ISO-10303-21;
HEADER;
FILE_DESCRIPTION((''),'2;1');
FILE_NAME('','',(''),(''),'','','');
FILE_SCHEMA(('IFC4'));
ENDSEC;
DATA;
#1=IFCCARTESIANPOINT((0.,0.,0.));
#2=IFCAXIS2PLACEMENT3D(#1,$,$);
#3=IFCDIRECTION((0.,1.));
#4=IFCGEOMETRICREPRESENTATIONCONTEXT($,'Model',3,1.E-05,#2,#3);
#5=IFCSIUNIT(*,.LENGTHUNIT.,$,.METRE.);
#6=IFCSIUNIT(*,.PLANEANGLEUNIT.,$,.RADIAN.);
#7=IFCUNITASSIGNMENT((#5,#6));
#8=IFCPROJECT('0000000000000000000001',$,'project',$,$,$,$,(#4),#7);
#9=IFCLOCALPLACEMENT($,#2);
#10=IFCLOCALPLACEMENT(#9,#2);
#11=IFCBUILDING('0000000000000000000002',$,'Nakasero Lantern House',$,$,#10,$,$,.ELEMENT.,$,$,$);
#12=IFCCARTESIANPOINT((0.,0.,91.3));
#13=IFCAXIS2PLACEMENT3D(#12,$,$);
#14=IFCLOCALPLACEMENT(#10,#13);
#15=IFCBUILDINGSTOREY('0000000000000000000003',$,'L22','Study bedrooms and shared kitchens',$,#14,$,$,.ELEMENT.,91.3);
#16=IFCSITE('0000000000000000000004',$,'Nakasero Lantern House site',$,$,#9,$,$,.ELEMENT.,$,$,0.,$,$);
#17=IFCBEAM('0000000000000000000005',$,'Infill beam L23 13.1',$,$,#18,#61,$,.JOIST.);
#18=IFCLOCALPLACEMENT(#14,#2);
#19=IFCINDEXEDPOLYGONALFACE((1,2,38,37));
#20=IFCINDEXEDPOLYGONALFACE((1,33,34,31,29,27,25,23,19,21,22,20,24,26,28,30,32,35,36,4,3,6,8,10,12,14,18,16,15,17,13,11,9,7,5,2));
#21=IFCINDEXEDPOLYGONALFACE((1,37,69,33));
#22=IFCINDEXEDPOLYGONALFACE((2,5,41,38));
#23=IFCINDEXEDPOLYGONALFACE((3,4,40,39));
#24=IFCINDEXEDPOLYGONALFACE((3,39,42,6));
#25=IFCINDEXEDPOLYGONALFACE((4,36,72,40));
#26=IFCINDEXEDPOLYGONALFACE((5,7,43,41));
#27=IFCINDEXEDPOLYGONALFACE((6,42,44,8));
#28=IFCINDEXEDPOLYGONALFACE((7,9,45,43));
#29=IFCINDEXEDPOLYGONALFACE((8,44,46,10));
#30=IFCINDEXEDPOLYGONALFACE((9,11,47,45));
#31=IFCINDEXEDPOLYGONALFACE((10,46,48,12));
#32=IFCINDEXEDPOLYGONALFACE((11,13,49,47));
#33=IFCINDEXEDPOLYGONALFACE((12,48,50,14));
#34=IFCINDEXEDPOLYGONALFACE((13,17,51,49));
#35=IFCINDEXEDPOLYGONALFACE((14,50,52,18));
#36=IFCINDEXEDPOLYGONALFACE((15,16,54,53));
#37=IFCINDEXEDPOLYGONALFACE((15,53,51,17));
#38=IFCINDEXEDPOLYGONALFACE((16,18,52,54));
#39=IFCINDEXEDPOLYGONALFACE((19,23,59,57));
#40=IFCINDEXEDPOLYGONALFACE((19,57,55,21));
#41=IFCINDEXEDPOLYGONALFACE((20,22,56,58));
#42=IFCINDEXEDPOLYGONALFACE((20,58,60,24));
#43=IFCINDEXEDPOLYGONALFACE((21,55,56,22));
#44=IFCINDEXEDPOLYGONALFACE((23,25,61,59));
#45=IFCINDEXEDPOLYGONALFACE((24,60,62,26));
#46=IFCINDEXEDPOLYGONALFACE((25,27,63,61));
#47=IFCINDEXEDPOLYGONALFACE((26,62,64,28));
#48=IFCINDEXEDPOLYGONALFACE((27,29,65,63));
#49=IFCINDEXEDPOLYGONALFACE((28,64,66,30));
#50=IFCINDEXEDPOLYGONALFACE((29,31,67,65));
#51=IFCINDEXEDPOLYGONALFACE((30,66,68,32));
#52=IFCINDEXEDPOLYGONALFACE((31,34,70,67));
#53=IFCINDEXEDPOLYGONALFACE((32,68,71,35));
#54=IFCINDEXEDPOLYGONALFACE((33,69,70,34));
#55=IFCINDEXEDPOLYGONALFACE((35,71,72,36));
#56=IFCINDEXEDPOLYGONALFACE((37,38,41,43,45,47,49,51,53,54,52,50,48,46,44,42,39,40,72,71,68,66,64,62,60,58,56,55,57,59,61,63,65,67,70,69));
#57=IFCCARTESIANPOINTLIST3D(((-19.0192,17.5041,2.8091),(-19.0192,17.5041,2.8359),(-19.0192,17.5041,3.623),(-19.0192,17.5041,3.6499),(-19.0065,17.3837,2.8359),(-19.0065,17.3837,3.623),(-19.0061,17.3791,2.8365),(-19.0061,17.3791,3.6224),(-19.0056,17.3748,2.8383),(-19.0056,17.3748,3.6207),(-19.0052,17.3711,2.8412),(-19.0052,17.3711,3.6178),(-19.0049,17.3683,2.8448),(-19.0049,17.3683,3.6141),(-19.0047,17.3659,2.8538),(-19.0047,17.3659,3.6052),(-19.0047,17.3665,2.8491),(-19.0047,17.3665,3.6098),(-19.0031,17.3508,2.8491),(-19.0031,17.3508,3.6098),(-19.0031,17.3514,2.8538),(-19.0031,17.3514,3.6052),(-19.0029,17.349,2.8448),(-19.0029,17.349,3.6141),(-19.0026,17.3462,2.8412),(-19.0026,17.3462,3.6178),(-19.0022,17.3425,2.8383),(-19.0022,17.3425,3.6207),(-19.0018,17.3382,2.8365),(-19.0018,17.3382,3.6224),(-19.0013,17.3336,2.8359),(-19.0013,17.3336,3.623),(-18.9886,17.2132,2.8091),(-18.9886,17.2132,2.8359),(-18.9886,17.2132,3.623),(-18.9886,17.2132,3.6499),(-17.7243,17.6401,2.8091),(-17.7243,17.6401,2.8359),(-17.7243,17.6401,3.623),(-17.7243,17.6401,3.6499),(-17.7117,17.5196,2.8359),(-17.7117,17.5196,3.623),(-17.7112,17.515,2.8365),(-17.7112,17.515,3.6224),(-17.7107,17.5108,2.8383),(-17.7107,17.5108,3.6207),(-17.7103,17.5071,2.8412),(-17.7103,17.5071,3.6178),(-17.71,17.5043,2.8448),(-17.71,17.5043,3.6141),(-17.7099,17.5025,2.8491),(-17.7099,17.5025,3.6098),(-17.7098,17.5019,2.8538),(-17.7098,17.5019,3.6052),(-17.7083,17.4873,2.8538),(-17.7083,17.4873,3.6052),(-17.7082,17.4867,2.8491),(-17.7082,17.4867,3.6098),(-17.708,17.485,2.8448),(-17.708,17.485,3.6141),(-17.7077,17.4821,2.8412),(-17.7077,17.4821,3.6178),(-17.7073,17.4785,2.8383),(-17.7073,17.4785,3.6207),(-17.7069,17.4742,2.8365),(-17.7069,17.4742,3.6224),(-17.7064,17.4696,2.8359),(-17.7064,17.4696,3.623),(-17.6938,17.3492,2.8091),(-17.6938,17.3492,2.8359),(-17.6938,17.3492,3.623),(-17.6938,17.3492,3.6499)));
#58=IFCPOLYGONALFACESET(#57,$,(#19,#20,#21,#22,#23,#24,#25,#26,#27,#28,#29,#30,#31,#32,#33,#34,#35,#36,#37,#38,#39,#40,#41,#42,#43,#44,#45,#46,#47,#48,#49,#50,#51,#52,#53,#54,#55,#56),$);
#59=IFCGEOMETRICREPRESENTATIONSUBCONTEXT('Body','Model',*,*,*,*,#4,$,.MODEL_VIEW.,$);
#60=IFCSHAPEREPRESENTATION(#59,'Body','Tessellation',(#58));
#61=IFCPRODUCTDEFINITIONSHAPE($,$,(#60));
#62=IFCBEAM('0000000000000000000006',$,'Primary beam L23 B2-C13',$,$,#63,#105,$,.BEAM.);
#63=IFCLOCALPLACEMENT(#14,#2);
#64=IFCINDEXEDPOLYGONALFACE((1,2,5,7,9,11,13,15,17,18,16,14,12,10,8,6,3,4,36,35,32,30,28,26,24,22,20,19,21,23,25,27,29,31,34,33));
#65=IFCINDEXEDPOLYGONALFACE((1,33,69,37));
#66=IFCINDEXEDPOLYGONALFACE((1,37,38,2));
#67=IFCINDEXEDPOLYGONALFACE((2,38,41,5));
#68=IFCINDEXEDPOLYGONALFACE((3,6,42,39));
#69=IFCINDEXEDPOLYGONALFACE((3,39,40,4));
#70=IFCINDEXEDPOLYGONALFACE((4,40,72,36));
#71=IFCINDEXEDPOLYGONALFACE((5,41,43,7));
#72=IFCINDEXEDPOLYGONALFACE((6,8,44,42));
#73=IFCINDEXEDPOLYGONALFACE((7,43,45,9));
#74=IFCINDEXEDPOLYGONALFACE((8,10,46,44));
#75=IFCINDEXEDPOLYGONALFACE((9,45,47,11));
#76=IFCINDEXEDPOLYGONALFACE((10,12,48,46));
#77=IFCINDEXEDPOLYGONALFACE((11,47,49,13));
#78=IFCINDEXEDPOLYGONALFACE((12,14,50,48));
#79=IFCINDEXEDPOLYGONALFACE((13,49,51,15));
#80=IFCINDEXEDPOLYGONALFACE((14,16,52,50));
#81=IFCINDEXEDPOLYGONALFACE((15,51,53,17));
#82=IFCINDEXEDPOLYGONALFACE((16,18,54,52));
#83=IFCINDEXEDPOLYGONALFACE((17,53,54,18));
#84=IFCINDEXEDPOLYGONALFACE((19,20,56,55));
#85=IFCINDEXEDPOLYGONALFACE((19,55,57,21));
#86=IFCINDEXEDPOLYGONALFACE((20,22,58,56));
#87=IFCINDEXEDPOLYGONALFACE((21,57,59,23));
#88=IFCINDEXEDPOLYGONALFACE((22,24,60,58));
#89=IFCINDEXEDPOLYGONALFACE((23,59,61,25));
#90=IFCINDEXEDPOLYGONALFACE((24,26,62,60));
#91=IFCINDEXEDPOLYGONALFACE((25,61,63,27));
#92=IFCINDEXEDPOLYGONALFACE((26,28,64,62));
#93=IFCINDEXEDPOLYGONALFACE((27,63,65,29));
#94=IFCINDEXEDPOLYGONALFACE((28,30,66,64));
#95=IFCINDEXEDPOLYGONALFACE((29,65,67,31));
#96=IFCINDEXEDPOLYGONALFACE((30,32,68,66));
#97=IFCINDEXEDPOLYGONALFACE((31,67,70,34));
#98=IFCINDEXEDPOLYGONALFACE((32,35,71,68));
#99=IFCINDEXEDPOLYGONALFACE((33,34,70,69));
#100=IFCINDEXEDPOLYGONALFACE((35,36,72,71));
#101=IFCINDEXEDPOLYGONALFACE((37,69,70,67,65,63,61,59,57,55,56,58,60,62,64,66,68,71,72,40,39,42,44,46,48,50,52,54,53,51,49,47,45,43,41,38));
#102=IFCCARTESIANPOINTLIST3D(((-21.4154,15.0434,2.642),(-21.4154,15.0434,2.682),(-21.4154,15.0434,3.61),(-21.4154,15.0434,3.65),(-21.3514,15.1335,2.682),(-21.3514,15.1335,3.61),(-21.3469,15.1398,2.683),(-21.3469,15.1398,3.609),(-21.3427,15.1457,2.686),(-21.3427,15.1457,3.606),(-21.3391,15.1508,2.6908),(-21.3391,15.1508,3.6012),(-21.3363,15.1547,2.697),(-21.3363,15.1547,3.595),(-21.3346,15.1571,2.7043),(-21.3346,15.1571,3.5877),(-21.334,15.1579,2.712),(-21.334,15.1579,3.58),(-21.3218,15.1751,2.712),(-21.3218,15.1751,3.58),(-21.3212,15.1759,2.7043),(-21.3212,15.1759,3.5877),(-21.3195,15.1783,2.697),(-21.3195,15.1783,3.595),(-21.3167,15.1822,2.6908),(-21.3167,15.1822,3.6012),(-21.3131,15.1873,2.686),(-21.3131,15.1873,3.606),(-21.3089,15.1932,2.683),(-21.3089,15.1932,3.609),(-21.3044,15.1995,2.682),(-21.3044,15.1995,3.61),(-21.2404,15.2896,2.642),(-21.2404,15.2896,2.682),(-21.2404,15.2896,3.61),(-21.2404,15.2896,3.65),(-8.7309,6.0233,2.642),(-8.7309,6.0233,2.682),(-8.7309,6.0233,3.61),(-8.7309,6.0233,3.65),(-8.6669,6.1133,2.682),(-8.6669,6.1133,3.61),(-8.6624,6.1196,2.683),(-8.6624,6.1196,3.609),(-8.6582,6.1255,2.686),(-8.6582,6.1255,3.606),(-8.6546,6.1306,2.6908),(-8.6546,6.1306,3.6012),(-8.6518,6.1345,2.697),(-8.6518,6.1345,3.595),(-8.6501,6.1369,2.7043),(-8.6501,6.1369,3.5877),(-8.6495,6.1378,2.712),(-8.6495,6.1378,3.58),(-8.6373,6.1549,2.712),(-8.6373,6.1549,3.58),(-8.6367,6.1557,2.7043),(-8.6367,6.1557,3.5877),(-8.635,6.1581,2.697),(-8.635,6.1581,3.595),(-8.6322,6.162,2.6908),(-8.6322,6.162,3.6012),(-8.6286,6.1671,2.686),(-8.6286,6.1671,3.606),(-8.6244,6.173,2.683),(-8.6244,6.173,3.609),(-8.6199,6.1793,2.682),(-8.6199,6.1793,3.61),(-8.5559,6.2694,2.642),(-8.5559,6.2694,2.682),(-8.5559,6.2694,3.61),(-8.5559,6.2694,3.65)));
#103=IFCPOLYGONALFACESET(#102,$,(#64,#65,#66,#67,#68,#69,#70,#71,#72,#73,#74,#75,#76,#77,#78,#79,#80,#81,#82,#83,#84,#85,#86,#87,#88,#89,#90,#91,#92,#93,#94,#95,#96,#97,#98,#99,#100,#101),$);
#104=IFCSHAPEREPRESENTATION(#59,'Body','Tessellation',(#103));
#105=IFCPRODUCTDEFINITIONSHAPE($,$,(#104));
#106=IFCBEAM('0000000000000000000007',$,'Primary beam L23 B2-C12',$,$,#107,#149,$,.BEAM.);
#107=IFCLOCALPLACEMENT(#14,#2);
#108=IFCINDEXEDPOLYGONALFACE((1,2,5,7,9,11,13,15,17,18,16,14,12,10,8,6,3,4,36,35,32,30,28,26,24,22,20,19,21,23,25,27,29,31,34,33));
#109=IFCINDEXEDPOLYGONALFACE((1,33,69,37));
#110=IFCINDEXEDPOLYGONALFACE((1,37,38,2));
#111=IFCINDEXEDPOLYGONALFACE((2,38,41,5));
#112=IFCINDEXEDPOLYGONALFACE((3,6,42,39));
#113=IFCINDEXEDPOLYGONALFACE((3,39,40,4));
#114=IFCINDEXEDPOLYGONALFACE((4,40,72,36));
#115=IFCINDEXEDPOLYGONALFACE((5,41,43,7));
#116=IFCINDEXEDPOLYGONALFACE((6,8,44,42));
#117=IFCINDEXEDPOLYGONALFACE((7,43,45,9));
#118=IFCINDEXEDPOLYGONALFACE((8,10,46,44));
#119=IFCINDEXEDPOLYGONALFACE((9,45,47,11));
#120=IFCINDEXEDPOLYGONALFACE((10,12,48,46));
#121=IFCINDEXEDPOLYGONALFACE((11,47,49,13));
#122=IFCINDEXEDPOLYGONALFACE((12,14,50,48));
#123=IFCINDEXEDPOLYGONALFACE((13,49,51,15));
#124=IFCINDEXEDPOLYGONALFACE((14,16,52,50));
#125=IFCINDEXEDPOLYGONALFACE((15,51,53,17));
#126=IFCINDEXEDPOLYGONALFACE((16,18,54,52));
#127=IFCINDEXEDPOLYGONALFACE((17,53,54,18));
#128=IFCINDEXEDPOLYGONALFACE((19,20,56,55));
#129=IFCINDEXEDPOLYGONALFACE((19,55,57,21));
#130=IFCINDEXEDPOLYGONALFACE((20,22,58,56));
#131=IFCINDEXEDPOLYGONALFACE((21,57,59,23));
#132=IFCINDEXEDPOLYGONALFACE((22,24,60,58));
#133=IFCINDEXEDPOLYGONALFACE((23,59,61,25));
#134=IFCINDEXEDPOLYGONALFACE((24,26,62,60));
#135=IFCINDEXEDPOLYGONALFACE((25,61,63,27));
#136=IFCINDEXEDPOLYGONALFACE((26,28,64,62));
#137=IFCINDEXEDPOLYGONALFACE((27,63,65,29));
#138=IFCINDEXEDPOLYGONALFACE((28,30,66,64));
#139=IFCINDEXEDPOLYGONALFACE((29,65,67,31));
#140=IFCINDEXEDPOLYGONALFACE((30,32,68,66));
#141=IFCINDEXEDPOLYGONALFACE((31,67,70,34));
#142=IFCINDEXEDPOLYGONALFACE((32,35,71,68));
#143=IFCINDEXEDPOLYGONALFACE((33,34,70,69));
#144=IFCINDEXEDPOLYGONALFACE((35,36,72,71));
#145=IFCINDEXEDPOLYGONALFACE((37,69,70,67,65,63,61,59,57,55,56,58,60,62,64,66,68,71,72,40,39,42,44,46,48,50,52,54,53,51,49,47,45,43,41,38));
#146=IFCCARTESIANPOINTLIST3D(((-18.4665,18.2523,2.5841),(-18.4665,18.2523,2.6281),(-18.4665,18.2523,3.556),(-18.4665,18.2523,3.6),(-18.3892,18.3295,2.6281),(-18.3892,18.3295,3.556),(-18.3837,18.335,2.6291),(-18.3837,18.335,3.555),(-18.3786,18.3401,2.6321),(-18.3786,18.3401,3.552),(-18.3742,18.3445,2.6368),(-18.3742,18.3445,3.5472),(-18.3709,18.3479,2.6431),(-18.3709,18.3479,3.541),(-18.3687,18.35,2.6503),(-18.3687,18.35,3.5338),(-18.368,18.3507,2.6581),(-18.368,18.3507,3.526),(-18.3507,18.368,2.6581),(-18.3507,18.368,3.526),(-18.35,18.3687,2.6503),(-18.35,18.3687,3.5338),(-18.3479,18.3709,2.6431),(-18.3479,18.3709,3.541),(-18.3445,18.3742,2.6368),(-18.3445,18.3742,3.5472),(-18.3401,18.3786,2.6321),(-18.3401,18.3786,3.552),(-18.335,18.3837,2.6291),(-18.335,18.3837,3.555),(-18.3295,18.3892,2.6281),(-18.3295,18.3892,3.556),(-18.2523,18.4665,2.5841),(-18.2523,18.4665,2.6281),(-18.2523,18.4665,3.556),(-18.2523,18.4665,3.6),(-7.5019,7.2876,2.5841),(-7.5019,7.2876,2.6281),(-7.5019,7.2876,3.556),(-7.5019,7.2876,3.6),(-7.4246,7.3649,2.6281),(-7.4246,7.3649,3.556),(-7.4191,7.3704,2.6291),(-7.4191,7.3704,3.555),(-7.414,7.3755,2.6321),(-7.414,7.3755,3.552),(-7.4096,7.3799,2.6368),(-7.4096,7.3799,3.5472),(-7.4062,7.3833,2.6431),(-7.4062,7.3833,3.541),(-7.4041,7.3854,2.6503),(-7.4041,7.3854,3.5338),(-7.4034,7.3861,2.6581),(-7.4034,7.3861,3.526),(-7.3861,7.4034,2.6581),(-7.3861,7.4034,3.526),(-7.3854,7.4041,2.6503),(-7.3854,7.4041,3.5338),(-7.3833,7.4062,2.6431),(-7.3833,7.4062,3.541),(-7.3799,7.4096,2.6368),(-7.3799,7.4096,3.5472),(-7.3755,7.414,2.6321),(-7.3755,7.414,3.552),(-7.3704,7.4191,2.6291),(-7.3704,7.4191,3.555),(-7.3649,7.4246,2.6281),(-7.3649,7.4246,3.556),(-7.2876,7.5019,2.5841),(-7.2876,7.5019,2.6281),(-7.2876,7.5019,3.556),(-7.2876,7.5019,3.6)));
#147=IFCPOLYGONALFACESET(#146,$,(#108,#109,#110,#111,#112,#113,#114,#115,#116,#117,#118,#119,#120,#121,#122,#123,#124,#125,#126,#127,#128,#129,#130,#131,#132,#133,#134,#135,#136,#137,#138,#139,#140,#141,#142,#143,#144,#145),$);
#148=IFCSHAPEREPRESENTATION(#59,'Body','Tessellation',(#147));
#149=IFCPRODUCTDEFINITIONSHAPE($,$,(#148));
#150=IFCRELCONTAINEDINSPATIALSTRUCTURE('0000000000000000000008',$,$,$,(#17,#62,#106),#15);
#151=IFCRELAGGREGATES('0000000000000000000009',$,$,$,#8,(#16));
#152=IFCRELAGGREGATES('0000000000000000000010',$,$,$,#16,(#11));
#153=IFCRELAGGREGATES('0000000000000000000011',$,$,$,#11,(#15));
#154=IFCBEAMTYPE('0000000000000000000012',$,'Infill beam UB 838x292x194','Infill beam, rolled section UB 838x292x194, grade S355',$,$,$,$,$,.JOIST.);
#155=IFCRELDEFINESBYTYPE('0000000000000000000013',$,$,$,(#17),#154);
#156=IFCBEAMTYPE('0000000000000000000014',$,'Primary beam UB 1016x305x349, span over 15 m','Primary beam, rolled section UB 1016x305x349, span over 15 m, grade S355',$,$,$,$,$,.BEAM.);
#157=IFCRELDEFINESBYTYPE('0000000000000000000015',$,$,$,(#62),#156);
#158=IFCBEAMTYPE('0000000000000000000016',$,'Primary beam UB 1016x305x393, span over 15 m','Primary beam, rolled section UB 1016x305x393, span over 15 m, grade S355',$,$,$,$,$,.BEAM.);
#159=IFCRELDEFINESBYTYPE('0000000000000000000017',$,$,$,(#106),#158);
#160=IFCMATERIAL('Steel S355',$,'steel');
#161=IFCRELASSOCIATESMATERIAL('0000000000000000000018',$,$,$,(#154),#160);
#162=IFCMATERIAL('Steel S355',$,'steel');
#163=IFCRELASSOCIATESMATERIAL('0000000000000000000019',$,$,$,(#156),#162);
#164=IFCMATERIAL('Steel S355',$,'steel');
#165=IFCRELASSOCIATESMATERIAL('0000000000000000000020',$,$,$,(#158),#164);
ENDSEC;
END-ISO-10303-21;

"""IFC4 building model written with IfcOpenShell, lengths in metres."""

from ifc_helpers import new_model, si_unit, direction, frame, origin, origin_2d, place, context, subcontext, project, spatial, i_section, extrude, material, material_profile, profile_set, type_object, element, save


model = new_model("IFC4")

# Units and contexts
model_context = context("Model", 3, precision=1e-05, world=origin(), true_north=direction((0.0, 1.0)))
body_context = subcontext(model_context, "Body", "Model", "MODEL_VIEW")
ifc_project = project(units=[si_unit("LENGTHUNIT", "METRE"), si_unit("PLANEANGLEUNIT", "RADIAN")], contexts=[model_context])

# Site, building, storey
site_placement = place(None, origin())
site = spatial("IfcSite", under=ifc_project, at=site_placement, Name="Nakasero Lantern House site", CompositionType="ELEMENT", RefElevation=0.0)
building_placement = place(site_placement, origin())
building = spatial("IfcBuilding", under=site, at=building_placement, Name="Nakasero Lantern House", CompositionType="ELEMENT")
storey_placement = place(building_placement, frame((0.0, 0.0, 91.3)))
storey = spatial("IfcBuildingStorey", under=building, at=storey_placement, Name="L22", Description="Study bedrooms and shared kitchens", CompositionType="ELEMENT", Elevation=91.3)

# Beams
ifc_material_1 = material(Name="Steel S355", Category="steel")
ifc_material_profile_1 = material_profile(ifc_material_1, i_section(OverallWidth=0.2925, OverallDepth=0.8408, WebThickness=0.0146, FlangeThickness=0.0269, FilletRadius=0.0178, at=origin_2d()), Name="UB 838x292x194")
ifc_profile_set_1 = profile_set([ifc_material_profile_1], Name="Steel S355")
beam_type_1 = type_object("IfcBeamType", Name="Infill beam UB 838x292x194", Description="Infill beam, rolled section UB 838x292x194, grade S355", PredefinedType="JOIST", material=ifc_profile_set_1)
beam_1_placement = place(storey_placement, frame((-19.0039, 17.3586, 3.2295), z_axis=(0.994531, 0.104441, 0.0), x_axis=(-0.104441, 0.994531, 0.0)))
element("IfcBeam", 1, at=beam_1_placement, inside=storey, type_object=beam_type_1, Name="Infill beam L23 13.1", PredefinedType="JOIST", context=body_context, shape_type="SweptSolid", body=[
    extrude(i_section(OverallWidth=0.2925, OverallDepth=0.8408, WebThickness=0.0146, FlangeThickness=0.0269, FilletRadius=0.0178, at=origin_2d()), origin(), (0.0, 0.0, 1.0), 1.302),
])
ifc_material_2 = material(Name="Steel S355", Category="steel")
ifc_material_profile_2 = material_profile(ifc_material_2, i_section(OverallWidth=0.302, OverallDepth=1.0081, WebThickness=0.021, FlangeThickness=0.04, FilletRadius=0.03, at=origin_2d()), Name="UB 1016x305x349")
ifc_profile_set_2 = profile_set([ifc_material_profile_2], Name="Steel S355")
beam_type_2 = type_object("IfcBeamType", Name="Primary beam UB 1016x305x349, span over 15 m", Description="Primary beam, rolled section UB 1016x305x349, span over 15 m, grade S355", PredefinedType="BEAM", material=ifc_profile_set_2)
beam_2_placement = place(storey_placement, frame((-21.3279, 15.1665, 3.146), z_axis=(0.814952, -0.579529, 0.0), x_axis=(0.579529, 0.814952, 0.0)))
element("IfcBeam", 2, at=beam_2_placement, inside=storey, type_object=beam_type_2, Name="Primary beam L23 B2-C13", PredefinedType="BEAM", context=body_context, shape_type="SweptSolid", body=[
    extrude(i_section(OverallWidth=0.302, OverallDepth=1.0081, WebThickness=0.021, FlangeThickness=0.04, FilletRadius=0.03, at=origin_2d()), origin(), (0.0, 0.0, 1.0), 15.5647),
])
ifc_material_3 = material(Name="Steel S355", Category="steel")
ifc_material_profile_3 = material_profile(ifc_material_3, i_section(OverallWidth=0.303, OverallDepth=1.0159, WebThickness=0.0244, FlangeThickness=0.0439, FilletRadius=0.03, at=origin_2d()), Name="UB 1016x305x393")
ifc_profile_set_3 = profile_set([ifc_material_profile_3], Name="Steel S355")
beam_type_3 = type_object("IfcBeamType", Name="Primary beam UB 1016x305x393, span over 15 m", Description="Primary beam, rolled section UB 1016x305x393, span over 15 m, grade S355", PredefinedType="BEAM", material=ifc_profile_set_3)
beam_3_placement = place(storey_placement, frame((-18.3594, 18.3594, 3.092), z_axis=(0.707107, -0.707107, 0.0), x_axis=(0.707107, 0.707107, 0.0)))
element("IfcBeam", 3, at=beam_3_placement, inside=storey, type_object=beam_type_3, Name="Primary beam L23 B2-C12", PredefinedType="BEAM", context=body_context, shape_type="SweptSolid", body=[
    extrude(i_section(OverallWidth=0.303, OverallDepth=1.0159, WebThickness=0.0244, FlangeThickness=0.0439, FilletRadius=0.03, at=origin_2d()), origin(), (0.0, 0.0, 1.0), 15.5063),
])

save(model, "model.ifc")
